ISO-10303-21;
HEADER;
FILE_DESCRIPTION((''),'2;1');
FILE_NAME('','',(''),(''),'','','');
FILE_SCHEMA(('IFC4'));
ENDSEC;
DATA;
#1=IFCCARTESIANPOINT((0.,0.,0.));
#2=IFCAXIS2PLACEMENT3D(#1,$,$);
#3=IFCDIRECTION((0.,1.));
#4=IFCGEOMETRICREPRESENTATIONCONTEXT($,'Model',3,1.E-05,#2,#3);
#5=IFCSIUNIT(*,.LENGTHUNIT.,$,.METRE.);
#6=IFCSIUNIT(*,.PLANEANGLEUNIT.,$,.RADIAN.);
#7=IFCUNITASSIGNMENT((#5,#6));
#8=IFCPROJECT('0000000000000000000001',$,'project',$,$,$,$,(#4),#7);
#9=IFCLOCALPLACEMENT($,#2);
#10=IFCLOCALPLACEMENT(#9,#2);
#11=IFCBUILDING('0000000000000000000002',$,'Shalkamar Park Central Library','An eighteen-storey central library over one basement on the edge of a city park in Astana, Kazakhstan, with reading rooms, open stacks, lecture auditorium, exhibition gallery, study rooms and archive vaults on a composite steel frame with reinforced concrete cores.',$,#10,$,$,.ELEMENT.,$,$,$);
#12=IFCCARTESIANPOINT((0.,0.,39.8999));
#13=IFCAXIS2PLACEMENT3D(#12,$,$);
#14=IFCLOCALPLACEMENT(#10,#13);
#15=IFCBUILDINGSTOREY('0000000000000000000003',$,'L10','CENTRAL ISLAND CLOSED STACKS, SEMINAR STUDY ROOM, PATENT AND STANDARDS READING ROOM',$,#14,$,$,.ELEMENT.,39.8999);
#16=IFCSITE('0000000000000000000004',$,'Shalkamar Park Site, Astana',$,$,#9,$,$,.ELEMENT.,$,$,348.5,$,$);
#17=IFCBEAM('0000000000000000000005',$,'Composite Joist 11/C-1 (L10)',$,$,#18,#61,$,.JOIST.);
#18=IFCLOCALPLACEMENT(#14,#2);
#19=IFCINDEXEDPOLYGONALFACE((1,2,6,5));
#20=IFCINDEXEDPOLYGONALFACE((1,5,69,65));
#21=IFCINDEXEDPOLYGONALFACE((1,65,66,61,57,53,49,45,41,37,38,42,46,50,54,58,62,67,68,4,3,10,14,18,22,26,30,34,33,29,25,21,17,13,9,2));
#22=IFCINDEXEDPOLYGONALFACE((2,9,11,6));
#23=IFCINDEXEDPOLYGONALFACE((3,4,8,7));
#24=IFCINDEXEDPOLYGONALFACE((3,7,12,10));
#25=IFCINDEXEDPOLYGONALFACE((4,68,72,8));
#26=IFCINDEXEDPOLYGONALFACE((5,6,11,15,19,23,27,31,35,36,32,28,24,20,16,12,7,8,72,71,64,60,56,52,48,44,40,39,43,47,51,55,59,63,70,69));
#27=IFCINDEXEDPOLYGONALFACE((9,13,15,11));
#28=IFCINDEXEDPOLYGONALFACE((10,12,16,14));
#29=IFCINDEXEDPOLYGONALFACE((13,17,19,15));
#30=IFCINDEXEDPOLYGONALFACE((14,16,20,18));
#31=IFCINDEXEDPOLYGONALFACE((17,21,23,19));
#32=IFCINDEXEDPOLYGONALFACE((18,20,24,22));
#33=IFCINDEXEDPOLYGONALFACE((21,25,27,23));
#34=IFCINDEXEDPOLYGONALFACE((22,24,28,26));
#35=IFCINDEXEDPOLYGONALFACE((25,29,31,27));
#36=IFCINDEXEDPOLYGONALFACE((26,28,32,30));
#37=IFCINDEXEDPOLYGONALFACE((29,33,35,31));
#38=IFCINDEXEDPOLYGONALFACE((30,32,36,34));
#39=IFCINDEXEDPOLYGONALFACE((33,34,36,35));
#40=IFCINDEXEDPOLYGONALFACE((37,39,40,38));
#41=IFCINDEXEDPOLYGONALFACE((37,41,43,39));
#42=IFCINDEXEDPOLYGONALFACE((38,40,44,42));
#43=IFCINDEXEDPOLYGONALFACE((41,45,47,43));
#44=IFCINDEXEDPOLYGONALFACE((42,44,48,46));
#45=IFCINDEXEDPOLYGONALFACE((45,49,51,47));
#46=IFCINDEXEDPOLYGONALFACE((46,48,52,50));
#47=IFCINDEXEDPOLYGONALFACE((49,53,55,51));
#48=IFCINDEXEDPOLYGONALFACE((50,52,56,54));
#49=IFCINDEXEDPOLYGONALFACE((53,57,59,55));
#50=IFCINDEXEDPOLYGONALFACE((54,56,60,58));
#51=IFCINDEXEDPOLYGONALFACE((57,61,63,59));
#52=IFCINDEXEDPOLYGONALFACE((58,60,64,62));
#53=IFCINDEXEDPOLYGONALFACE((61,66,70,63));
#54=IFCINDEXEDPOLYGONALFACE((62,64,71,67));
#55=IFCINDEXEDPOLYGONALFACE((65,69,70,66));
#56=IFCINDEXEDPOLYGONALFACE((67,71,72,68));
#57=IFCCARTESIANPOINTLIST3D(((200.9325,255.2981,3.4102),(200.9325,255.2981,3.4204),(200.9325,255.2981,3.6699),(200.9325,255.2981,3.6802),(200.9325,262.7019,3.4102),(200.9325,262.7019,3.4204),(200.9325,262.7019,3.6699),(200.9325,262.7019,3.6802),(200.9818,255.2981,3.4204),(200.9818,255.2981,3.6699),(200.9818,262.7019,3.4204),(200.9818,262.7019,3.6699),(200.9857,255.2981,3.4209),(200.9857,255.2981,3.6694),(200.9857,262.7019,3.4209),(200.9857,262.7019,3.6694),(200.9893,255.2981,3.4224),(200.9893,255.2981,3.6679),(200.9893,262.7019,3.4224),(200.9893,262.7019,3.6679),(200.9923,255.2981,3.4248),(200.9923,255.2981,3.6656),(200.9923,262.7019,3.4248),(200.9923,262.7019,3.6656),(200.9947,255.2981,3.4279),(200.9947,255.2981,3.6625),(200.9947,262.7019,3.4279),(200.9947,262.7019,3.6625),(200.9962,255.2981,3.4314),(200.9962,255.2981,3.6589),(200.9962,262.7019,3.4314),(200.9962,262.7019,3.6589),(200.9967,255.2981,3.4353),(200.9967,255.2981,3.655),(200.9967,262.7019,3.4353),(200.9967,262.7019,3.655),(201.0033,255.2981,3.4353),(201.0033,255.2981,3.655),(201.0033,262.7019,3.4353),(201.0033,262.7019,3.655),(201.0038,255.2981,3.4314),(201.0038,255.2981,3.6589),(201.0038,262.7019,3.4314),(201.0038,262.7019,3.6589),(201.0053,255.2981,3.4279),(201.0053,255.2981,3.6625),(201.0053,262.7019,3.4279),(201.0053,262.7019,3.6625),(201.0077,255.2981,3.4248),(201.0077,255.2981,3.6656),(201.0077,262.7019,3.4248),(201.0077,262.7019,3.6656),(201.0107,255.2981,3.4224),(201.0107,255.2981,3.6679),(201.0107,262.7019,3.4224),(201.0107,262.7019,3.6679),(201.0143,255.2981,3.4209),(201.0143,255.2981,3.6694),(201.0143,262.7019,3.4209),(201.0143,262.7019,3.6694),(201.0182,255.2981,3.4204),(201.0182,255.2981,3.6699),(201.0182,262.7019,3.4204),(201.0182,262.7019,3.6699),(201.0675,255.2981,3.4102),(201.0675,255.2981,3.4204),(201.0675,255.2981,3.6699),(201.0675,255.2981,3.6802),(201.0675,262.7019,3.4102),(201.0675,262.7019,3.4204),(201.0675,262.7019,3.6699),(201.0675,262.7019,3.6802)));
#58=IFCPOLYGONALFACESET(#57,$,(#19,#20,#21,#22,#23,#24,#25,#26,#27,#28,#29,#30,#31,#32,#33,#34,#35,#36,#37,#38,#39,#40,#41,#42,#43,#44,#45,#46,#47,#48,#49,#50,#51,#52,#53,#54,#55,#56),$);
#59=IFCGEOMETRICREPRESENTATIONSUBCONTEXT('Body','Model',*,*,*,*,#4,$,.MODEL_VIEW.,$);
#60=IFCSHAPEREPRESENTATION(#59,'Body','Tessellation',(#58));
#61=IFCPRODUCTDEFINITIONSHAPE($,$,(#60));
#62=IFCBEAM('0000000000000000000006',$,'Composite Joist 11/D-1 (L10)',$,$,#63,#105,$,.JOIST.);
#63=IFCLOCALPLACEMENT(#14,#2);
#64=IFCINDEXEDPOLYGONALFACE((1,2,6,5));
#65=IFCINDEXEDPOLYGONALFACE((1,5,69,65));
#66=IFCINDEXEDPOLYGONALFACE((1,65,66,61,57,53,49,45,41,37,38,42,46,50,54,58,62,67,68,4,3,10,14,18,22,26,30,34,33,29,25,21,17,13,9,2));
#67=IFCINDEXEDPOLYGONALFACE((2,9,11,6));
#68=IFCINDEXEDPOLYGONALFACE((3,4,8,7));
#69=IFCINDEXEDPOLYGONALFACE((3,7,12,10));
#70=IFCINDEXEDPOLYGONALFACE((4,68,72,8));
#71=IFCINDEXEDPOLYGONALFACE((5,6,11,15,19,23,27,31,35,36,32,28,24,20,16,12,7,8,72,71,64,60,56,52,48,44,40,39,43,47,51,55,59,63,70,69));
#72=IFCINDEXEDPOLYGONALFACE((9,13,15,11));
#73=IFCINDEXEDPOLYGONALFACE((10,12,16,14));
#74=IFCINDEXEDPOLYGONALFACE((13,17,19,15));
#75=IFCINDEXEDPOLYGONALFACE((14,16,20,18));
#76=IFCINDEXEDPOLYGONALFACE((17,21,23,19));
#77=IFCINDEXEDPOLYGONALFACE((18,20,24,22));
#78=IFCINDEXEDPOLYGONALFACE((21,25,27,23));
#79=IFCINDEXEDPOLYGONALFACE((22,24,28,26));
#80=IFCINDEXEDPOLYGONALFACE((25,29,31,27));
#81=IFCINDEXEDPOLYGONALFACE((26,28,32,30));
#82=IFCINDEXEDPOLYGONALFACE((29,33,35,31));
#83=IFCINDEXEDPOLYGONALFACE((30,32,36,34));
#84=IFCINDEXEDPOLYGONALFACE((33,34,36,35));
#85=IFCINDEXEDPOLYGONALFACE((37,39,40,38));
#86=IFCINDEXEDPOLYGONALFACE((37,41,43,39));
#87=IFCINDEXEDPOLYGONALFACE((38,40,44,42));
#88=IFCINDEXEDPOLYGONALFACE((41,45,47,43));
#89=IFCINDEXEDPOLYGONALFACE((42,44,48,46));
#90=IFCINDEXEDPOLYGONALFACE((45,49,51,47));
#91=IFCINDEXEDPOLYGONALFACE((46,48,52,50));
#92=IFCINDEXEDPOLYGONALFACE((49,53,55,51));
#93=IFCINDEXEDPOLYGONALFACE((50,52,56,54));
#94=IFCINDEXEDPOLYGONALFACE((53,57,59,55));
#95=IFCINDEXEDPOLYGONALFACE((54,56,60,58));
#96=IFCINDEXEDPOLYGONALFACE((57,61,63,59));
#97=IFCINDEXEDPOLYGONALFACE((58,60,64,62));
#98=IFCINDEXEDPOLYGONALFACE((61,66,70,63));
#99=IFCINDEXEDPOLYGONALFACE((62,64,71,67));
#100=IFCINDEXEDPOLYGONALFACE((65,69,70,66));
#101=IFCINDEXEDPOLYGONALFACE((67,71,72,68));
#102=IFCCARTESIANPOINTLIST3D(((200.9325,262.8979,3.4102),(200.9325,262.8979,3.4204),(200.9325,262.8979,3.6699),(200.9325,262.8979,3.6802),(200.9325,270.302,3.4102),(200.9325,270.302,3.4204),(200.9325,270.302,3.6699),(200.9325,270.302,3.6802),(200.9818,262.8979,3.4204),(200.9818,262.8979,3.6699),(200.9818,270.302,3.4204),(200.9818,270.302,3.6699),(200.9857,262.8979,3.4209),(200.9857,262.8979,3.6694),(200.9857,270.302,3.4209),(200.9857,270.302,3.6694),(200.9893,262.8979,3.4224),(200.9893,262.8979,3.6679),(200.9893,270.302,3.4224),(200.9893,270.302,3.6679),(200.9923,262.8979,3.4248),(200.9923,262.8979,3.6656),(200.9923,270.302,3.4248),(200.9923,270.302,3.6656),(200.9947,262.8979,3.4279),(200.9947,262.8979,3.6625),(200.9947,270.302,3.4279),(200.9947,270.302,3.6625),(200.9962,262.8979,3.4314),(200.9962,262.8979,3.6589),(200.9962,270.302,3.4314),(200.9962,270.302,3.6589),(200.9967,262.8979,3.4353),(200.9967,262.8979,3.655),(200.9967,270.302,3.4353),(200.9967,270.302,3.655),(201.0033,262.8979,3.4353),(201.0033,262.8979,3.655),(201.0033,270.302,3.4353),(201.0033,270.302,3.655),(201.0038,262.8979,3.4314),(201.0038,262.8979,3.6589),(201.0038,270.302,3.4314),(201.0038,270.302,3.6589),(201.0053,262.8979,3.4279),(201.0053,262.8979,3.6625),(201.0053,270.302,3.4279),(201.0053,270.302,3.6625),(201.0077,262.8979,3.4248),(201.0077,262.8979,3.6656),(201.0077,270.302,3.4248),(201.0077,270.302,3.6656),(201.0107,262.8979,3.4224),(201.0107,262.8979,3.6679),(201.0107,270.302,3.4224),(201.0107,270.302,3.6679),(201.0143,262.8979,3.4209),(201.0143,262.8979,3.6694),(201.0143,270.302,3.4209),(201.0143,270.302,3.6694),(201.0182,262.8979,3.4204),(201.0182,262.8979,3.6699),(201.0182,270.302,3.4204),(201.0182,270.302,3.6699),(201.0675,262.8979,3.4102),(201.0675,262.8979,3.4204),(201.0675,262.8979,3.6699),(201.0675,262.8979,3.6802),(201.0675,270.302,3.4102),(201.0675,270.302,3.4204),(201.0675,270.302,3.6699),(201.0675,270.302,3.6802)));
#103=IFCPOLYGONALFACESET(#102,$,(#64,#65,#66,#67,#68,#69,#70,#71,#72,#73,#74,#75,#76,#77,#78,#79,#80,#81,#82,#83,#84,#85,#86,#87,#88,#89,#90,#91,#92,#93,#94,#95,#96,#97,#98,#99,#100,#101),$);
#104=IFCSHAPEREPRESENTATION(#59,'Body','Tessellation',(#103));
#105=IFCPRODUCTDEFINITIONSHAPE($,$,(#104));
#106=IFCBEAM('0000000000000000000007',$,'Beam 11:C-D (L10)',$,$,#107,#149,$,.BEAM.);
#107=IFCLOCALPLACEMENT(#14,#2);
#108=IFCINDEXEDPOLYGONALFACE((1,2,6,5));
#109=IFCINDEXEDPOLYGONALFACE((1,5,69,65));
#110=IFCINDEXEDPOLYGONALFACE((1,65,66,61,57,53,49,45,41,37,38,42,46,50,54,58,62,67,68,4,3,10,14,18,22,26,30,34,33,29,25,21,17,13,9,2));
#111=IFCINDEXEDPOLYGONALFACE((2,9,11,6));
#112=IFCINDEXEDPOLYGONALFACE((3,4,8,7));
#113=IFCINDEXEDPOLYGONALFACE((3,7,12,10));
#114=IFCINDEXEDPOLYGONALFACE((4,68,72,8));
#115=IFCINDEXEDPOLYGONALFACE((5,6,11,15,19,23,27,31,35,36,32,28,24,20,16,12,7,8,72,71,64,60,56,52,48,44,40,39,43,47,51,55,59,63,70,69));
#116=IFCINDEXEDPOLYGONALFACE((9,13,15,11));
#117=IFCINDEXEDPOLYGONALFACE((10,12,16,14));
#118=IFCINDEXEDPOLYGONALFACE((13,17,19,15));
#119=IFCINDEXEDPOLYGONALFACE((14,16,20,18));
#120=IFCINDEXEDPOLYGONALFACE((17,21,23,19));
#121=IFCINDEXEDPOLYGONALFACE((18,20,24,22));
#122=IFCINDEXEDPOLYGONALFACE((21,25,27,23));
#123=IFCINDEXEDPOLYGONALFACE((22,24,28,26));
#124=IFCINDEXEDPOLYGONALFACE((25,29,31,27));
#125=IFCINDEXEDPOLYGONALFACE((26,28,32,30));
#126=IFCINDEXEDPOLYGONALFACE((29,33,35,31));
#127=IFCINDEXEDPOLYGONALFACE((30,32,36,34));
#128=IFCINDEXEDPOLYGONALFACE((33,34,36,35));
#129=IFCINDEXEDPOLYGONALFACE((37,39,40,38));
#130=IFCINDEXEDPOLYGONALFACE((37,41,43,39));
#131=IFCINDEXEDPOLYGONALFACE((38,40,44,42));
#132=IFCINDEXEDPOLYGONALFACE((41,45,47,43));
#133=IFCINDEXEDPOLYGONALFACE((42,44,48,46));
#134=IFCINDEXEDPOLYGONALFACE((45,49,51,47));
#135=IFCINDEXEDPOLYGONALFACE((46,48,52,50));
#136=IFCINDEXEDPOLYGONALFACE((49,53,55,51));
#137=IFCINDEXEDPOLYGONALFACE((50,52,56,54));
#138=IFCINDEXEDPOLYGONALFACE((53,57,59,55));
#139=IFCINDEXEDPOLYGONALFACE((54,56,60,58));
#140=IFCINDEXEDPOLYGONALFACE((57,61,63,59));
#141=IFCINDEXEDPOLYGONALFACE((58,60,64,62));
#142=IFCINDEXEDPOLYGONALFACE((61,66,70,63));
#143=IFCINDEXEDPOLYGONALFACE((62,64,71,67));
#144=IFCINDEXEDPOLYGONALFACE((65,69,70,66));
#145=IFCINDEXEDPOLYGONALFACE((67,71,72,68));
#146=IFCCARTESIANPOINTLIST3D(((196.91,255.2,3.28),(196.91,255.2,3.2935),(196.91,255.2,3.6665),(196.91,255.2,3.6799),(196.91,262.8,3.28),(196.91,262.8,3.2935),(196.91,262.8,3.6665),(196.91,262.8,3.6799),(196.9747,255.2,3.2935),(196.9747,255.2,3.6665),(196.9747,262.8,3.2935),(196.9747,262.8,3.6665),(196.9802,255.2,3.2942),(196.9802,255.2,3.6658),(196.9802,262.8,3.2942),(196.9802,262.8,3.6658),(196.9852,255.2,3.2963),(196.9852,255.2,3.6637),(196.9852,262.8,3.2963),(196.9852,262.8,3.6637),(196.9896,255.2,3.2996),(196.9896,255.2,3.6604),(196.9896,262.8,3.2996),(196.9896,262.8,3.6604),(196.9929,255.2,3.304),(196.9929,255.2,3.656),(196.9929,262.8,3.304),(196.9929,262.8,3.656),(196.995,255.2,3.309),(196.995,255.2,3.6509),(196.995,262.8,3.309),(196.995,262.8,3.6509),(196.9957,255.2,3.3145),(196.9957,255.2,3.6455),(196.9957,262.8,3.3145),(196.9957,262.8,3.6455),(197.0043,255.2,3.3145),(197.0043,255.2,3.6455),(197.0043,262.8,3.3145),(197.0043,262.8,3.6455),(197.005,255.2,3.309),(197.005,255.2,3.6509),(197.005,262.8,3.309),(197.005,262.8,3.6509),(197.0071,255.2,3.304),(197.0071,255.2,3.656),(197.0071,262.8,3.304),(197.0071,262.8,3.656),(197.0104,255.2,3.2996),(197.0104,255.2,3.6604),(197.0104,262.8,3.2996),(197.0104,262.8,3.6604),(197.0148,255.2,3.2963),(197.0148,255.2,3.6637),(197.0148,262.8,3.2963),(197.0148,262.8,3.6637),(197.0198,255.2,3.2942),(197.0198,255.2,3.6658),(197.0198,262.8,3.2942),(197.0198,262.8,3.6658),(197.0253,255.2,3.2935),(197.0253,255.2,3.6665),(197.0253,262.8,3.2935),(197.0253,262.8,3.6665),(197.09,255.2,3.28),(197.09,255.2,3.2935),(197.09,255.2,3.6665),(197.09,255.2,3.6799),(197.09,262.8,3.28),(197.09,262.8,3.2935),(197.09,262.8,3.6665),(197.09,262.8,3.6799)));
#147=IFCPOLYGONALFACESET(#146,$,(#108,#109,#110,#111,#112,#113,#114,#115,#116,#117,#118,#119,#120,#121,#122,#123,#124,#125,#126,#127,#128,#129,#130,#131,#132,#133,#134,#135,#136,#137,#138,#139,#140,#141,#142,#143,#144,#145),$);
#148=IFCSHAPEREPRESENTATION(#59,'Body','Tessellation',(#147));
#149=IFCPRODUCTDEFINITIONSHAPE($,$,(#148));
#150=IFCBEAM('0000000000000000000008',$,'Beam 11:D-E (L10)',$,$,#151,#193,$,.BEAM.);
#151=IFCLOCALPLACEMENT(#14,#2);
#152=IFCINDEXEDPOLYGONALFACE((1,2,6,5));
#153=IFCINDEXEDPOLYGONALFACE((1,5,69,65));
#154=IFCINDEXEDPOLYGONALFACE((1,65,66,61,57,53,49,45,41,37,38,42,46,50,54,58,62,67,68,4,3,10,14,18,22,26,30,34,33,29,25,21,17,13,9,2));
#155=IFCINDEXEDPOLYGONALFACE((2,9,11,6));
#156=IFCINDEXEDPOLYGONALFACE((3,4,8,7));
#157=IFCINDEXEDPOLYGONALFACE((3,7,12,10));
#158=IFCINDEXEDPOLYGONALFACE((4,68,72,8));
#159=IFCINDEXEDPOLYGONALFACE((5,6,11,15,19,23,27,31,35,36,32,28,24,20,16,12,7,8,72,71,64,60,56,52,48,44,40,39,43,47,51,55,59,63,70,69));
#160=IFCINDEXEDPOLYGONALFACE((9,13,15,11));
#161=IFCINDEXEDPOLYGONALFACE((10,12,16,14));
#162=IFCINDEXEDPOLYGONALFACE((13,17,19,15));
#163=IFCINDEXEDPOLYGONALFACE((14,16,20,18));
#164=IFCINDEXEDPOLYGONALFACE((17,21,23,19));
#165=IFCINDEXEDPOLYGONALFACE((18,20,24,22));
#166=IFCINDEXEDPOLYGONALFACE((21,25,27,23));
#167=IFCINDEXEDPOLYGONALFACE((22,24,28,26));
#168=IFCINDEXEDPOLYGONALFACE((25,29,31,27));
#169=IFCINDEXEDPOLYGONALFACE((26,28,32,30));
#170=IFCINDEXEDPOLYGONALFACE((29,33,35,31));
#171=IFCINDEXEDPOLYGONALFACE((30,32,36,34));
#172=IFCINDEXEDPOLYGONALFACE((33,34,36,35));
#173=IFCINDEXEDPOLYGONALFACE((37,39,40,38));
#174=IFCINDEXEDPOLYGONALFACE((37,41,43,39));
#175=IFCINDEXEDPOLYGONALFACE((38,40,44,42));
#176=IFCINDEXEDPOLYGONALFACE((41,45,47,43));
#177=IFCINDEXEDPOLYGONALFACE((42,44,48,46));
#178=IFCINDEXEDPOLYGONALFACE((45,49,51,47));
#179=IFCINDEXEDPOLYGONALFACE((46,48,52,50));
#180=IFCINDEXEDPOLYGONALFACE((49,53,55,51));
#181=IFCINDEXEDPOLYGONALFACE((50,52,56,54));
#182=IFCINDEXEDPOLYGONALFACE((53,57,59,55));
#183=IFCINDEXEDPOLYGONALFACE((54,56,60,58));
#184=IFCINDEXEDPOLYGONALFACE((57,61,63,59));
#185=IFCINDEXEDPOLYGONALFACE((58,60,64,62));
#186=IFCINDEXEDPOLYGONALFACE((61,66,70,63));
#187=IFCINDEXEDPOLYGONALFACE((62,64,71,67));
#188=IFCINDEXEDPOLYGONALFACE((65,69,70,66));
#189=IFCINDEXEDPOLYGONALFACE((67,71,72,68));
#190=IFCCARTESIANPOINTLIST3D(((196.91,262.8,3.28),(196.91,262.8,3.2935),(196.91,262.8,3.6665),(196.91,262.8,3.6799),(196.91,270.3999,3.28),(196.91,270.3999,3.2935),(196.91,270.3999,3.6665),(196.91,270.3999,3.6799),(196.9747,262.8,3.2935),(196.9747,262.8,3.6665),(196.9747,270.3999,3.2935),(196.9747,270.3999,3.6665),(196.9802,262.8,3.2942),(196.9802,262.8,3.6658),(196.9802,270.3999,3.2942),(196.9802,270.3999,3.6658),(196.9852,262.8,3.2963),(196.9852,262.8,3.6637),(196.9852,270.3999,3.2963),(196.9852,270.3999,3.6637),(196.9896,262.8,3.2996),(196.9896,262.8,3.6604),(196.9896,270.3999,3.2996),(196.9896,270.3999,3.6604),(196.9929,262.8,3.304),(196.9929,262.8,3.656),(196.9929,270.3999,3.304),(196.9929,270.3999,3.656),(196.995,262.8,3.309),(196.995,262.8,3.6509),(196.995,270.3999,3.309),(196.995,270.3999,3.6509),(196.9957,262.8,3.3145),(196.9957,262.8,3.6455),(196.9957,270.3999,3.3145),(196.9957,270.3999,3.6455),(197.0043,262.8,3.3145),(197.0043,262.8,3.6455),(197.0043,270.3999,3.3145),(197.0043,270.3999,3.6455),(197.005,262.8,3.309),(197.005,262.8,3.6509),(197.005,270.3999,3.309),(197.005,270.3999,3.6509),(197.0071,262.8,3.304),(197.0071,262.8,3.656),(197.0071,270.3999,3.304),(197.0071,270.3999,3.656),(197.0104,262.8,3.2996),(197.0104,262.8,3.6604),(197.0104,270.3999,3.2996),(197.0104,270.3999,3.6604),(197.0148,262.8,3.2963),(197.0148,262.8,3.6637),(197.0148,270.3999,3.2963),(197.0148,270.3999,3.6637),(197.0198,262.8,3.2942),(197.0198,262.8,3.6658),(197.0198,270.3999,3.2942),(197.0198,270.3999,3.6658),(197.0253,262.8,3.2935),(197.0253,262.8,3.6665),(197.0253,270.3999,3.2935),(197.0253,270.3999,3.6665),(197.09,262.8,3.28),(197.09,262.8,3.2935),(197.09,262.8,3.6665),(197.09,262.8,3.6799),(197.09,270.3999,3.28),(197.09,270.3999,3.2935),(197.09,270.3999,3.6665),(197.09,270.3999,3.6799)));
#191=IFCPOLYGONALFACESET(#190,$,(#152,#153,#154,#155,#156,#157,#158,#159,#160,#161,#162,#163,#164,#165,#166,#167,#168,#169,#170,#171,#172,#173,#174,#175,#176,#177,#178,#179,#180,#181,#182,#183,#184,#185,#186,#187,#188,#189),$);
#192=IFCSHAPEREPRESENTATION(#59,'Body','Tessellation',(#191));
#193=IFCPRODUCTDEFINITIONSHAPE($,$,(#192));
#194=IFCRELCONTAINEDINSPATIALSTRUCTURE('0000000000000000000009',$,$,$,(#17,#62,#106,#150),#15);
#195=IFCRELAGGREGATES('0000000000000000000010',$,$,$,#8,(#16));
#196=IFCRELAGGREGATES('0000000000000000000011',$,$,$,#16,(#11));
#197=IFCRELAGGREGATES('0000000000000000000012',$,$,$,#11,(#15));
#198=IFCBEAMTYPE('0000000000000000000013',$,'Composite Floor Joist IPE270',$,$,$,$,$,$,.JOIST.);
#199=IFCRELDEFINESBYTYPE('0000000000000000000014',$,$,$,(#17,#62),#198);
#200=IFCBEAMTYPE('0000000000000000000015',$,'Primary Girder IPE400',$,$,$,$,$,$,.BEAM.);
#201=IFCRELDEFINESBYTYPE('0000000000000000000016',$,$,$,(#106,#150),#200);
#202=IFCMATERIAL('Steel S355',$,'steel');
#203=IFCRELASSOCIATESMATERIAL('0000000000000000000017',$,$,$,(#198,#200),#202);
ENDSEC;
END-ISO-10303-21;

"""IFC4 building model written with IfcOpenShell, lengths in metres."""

from ifc_helpers import new_model, si_unit, direction, frame, origin, origin_2d, place, context, subcontext, project, spatial, i_section, extrude, material, material_profile, profile_set, type_object, element, save


model = new_model("IFC4")

# Units and contexts
model_context = context("Model", 3, precision=1e-05, world=origin(), true_north=direction((0.0, 1.0)))
body_context = subcontext(model_context, "Body", "Model", "MODEL_VIEW")
ifc_project = project(units=[si_unit("LENGTHUNIT", "METRE"), si_unit("PLANEANGLEUNIT", "RADIAN")], contexts=[model_context])

# Site, building, storey
site_placement = place(None, origin())
site = spatial("IfcSite", under=ifc_project, at=site_placement, Name="Shalkamar Park Site, Astana", CompositionType="ELEMENT", RefElevation=348.5)
building_placement = place(site_placement, origin())
building = spatial("IfcBuilding", under=site, at=building_placement, Name="Shalkamar Park Central Library", Description="An eighteen-storey central library over one basement on the edge of a city park in Astana, Kazakhstan, with reading rooms, open stacks, lecture auditorium, exhibition gallery, study rooms and archive vaults on a composite steel frame with reinforced concrete cores.", CompositionType="ELEMENT")
storey_placement = place(building_placement, frame((0.0, 0.0, 39.8999)))
storey = spatial("IfcBuildingStorey", under=building, at=storey_placement, Name="L10", Description="CENTRAL ISLAND CLOSED STACKS, SEMINAR STUDY ROOM, PATENT AND STANDARDS READING ROOM", CompositionType="ELEMENT", Elevation=39.8999)

# Shared definitions
ifc_material_1 = material(Name="Steel S355", Category="steel")

# Beams
ifc_material_profile_1 = material_profile(ifc_material_1, i_section(OverallWidth=0.135, OverallDepth=0.27, WebThickness=0.0066, FlangeThickness=0.0103, FilletRadius=0.0149, at=origin_2d()), Name="IPE 270")
ifc_profile_set_1 = profile_set([ifc_material_profile_1], Name="Steel S355")
beam_type_1 = type_object("IfcBeamType", Name="Composite Floor Joist IPE270", PredefinedType="JOIST", material=ifc_profile_set_1)
beam_1_placement = place(storey_placement, frame((201.0, 255.2981, 3.5452), z_axis=(0.0, 1.0, 0.0), x_axis=(-1.0, 0.0, 0.0)))
element("IfcBeam", 1, at=beam_1_placement, inside=storey, type_object=beam_type_1, Name="Composite Joist 11/C-1 (L10)", PredefinedType="JOIST", context=body_context, shape_type="SweptSolid", body=[
    extrude(i_section(OverallWidth=0.135, OverallDepth=0.27, WebThickness=0.0066, FlangeThickness=0.0103, FilletRadius=0.0149, at=origin_2d()), origin(), (0.0, 0.0, 1.0), 7.4038),
])
beam_2_placement = place(storey_placement, frame((201.0, 262.8979, 3.5452), z_axis=(0.0, 1.0, 0.0), x_axis=(-1.0, 0.0, 0.0)))
element("IfcBeam", 2, at=beam_2_placement, inside=storey, type_object=beam_type_1, Name="Composite Joist 11/D-1 (L10)", PredefinedType="JOIST", context=body_context, shape_type="SweptSolid", body=[
    extrude(i_section(OverallWidth=0.135, OverallDepth=0.27, WebThickness=0.0066, FlangeThickness=0.0103, FilletRadius=0.0149, at=origin_2d()), origin(), (0.0, 0.0, 1.0), 7.4041),
])
ifc_material_profile_2 = material_profile(ifc_material_1, i_section(OverallWidth=0.1799, OverallDepth=0.3999, WebThickness=0.0085, FlangeThickness=0.0134, FilletRadius=0.021, at=origin_2d()), Name="IPE 400")
ifc_profile_set_2 = profile_set([ifc_material_profile_2], Name="Steel S355")
beam_type_2 = type_object("IfcBeamType", Name="Primary Girder IPE400", PredefinedType="BEAM", material=ifc_profile_set_2)
beam_3_placement = place(storey_placement, frame((197.0, 255.2, 3.48), z_axis=(0.0, 1.0, 0.0), x_axis=(-1.0, 0.0, 0.0)))
element("IfcBeam", 3, at=beam_3_placement, inside=storey, type_object=beam_type_2, Name="Beam 11:C-D (L10)", PredefinedType="BEAM", context=body_context, shape_type="SweptSolid", body=[
    extrude(i_section(OverallWidth=0.1799, OverallDepth=0.3999, WebThickness=0.0085, FlangeThickness=0.0134, FilletRadius=0.021, at=origin_2d()), origin(), (0.0, 0.0, 1.0), 7.6001),
])
beam_4_placement = place(storey_placement, frame((197.0, 262.8, 3.48), z_axis=(0.0, 1.0, 0.0), x_axis=(-1.0, 0.0, 0.0)))
element("IfcBeam", 4, at=beam_4_placement, inside=storey, type_object=beam_type_2, Name="Beam 11:D-E (L10)", PredefinedType="BEAM", context=body_context, shape_type="SweptSolid", body=[
    extrude(i_section(OverallWidth=0.1799, OverallDepth=0.3999, WebThickness=0.0085, FlangeThickness=0.0134, FilletRadius=0.021, at=origin_2d()), origin(), (0.0, 0.0, 1.0), 7.5999),
])

save(model, "model.ifc")
